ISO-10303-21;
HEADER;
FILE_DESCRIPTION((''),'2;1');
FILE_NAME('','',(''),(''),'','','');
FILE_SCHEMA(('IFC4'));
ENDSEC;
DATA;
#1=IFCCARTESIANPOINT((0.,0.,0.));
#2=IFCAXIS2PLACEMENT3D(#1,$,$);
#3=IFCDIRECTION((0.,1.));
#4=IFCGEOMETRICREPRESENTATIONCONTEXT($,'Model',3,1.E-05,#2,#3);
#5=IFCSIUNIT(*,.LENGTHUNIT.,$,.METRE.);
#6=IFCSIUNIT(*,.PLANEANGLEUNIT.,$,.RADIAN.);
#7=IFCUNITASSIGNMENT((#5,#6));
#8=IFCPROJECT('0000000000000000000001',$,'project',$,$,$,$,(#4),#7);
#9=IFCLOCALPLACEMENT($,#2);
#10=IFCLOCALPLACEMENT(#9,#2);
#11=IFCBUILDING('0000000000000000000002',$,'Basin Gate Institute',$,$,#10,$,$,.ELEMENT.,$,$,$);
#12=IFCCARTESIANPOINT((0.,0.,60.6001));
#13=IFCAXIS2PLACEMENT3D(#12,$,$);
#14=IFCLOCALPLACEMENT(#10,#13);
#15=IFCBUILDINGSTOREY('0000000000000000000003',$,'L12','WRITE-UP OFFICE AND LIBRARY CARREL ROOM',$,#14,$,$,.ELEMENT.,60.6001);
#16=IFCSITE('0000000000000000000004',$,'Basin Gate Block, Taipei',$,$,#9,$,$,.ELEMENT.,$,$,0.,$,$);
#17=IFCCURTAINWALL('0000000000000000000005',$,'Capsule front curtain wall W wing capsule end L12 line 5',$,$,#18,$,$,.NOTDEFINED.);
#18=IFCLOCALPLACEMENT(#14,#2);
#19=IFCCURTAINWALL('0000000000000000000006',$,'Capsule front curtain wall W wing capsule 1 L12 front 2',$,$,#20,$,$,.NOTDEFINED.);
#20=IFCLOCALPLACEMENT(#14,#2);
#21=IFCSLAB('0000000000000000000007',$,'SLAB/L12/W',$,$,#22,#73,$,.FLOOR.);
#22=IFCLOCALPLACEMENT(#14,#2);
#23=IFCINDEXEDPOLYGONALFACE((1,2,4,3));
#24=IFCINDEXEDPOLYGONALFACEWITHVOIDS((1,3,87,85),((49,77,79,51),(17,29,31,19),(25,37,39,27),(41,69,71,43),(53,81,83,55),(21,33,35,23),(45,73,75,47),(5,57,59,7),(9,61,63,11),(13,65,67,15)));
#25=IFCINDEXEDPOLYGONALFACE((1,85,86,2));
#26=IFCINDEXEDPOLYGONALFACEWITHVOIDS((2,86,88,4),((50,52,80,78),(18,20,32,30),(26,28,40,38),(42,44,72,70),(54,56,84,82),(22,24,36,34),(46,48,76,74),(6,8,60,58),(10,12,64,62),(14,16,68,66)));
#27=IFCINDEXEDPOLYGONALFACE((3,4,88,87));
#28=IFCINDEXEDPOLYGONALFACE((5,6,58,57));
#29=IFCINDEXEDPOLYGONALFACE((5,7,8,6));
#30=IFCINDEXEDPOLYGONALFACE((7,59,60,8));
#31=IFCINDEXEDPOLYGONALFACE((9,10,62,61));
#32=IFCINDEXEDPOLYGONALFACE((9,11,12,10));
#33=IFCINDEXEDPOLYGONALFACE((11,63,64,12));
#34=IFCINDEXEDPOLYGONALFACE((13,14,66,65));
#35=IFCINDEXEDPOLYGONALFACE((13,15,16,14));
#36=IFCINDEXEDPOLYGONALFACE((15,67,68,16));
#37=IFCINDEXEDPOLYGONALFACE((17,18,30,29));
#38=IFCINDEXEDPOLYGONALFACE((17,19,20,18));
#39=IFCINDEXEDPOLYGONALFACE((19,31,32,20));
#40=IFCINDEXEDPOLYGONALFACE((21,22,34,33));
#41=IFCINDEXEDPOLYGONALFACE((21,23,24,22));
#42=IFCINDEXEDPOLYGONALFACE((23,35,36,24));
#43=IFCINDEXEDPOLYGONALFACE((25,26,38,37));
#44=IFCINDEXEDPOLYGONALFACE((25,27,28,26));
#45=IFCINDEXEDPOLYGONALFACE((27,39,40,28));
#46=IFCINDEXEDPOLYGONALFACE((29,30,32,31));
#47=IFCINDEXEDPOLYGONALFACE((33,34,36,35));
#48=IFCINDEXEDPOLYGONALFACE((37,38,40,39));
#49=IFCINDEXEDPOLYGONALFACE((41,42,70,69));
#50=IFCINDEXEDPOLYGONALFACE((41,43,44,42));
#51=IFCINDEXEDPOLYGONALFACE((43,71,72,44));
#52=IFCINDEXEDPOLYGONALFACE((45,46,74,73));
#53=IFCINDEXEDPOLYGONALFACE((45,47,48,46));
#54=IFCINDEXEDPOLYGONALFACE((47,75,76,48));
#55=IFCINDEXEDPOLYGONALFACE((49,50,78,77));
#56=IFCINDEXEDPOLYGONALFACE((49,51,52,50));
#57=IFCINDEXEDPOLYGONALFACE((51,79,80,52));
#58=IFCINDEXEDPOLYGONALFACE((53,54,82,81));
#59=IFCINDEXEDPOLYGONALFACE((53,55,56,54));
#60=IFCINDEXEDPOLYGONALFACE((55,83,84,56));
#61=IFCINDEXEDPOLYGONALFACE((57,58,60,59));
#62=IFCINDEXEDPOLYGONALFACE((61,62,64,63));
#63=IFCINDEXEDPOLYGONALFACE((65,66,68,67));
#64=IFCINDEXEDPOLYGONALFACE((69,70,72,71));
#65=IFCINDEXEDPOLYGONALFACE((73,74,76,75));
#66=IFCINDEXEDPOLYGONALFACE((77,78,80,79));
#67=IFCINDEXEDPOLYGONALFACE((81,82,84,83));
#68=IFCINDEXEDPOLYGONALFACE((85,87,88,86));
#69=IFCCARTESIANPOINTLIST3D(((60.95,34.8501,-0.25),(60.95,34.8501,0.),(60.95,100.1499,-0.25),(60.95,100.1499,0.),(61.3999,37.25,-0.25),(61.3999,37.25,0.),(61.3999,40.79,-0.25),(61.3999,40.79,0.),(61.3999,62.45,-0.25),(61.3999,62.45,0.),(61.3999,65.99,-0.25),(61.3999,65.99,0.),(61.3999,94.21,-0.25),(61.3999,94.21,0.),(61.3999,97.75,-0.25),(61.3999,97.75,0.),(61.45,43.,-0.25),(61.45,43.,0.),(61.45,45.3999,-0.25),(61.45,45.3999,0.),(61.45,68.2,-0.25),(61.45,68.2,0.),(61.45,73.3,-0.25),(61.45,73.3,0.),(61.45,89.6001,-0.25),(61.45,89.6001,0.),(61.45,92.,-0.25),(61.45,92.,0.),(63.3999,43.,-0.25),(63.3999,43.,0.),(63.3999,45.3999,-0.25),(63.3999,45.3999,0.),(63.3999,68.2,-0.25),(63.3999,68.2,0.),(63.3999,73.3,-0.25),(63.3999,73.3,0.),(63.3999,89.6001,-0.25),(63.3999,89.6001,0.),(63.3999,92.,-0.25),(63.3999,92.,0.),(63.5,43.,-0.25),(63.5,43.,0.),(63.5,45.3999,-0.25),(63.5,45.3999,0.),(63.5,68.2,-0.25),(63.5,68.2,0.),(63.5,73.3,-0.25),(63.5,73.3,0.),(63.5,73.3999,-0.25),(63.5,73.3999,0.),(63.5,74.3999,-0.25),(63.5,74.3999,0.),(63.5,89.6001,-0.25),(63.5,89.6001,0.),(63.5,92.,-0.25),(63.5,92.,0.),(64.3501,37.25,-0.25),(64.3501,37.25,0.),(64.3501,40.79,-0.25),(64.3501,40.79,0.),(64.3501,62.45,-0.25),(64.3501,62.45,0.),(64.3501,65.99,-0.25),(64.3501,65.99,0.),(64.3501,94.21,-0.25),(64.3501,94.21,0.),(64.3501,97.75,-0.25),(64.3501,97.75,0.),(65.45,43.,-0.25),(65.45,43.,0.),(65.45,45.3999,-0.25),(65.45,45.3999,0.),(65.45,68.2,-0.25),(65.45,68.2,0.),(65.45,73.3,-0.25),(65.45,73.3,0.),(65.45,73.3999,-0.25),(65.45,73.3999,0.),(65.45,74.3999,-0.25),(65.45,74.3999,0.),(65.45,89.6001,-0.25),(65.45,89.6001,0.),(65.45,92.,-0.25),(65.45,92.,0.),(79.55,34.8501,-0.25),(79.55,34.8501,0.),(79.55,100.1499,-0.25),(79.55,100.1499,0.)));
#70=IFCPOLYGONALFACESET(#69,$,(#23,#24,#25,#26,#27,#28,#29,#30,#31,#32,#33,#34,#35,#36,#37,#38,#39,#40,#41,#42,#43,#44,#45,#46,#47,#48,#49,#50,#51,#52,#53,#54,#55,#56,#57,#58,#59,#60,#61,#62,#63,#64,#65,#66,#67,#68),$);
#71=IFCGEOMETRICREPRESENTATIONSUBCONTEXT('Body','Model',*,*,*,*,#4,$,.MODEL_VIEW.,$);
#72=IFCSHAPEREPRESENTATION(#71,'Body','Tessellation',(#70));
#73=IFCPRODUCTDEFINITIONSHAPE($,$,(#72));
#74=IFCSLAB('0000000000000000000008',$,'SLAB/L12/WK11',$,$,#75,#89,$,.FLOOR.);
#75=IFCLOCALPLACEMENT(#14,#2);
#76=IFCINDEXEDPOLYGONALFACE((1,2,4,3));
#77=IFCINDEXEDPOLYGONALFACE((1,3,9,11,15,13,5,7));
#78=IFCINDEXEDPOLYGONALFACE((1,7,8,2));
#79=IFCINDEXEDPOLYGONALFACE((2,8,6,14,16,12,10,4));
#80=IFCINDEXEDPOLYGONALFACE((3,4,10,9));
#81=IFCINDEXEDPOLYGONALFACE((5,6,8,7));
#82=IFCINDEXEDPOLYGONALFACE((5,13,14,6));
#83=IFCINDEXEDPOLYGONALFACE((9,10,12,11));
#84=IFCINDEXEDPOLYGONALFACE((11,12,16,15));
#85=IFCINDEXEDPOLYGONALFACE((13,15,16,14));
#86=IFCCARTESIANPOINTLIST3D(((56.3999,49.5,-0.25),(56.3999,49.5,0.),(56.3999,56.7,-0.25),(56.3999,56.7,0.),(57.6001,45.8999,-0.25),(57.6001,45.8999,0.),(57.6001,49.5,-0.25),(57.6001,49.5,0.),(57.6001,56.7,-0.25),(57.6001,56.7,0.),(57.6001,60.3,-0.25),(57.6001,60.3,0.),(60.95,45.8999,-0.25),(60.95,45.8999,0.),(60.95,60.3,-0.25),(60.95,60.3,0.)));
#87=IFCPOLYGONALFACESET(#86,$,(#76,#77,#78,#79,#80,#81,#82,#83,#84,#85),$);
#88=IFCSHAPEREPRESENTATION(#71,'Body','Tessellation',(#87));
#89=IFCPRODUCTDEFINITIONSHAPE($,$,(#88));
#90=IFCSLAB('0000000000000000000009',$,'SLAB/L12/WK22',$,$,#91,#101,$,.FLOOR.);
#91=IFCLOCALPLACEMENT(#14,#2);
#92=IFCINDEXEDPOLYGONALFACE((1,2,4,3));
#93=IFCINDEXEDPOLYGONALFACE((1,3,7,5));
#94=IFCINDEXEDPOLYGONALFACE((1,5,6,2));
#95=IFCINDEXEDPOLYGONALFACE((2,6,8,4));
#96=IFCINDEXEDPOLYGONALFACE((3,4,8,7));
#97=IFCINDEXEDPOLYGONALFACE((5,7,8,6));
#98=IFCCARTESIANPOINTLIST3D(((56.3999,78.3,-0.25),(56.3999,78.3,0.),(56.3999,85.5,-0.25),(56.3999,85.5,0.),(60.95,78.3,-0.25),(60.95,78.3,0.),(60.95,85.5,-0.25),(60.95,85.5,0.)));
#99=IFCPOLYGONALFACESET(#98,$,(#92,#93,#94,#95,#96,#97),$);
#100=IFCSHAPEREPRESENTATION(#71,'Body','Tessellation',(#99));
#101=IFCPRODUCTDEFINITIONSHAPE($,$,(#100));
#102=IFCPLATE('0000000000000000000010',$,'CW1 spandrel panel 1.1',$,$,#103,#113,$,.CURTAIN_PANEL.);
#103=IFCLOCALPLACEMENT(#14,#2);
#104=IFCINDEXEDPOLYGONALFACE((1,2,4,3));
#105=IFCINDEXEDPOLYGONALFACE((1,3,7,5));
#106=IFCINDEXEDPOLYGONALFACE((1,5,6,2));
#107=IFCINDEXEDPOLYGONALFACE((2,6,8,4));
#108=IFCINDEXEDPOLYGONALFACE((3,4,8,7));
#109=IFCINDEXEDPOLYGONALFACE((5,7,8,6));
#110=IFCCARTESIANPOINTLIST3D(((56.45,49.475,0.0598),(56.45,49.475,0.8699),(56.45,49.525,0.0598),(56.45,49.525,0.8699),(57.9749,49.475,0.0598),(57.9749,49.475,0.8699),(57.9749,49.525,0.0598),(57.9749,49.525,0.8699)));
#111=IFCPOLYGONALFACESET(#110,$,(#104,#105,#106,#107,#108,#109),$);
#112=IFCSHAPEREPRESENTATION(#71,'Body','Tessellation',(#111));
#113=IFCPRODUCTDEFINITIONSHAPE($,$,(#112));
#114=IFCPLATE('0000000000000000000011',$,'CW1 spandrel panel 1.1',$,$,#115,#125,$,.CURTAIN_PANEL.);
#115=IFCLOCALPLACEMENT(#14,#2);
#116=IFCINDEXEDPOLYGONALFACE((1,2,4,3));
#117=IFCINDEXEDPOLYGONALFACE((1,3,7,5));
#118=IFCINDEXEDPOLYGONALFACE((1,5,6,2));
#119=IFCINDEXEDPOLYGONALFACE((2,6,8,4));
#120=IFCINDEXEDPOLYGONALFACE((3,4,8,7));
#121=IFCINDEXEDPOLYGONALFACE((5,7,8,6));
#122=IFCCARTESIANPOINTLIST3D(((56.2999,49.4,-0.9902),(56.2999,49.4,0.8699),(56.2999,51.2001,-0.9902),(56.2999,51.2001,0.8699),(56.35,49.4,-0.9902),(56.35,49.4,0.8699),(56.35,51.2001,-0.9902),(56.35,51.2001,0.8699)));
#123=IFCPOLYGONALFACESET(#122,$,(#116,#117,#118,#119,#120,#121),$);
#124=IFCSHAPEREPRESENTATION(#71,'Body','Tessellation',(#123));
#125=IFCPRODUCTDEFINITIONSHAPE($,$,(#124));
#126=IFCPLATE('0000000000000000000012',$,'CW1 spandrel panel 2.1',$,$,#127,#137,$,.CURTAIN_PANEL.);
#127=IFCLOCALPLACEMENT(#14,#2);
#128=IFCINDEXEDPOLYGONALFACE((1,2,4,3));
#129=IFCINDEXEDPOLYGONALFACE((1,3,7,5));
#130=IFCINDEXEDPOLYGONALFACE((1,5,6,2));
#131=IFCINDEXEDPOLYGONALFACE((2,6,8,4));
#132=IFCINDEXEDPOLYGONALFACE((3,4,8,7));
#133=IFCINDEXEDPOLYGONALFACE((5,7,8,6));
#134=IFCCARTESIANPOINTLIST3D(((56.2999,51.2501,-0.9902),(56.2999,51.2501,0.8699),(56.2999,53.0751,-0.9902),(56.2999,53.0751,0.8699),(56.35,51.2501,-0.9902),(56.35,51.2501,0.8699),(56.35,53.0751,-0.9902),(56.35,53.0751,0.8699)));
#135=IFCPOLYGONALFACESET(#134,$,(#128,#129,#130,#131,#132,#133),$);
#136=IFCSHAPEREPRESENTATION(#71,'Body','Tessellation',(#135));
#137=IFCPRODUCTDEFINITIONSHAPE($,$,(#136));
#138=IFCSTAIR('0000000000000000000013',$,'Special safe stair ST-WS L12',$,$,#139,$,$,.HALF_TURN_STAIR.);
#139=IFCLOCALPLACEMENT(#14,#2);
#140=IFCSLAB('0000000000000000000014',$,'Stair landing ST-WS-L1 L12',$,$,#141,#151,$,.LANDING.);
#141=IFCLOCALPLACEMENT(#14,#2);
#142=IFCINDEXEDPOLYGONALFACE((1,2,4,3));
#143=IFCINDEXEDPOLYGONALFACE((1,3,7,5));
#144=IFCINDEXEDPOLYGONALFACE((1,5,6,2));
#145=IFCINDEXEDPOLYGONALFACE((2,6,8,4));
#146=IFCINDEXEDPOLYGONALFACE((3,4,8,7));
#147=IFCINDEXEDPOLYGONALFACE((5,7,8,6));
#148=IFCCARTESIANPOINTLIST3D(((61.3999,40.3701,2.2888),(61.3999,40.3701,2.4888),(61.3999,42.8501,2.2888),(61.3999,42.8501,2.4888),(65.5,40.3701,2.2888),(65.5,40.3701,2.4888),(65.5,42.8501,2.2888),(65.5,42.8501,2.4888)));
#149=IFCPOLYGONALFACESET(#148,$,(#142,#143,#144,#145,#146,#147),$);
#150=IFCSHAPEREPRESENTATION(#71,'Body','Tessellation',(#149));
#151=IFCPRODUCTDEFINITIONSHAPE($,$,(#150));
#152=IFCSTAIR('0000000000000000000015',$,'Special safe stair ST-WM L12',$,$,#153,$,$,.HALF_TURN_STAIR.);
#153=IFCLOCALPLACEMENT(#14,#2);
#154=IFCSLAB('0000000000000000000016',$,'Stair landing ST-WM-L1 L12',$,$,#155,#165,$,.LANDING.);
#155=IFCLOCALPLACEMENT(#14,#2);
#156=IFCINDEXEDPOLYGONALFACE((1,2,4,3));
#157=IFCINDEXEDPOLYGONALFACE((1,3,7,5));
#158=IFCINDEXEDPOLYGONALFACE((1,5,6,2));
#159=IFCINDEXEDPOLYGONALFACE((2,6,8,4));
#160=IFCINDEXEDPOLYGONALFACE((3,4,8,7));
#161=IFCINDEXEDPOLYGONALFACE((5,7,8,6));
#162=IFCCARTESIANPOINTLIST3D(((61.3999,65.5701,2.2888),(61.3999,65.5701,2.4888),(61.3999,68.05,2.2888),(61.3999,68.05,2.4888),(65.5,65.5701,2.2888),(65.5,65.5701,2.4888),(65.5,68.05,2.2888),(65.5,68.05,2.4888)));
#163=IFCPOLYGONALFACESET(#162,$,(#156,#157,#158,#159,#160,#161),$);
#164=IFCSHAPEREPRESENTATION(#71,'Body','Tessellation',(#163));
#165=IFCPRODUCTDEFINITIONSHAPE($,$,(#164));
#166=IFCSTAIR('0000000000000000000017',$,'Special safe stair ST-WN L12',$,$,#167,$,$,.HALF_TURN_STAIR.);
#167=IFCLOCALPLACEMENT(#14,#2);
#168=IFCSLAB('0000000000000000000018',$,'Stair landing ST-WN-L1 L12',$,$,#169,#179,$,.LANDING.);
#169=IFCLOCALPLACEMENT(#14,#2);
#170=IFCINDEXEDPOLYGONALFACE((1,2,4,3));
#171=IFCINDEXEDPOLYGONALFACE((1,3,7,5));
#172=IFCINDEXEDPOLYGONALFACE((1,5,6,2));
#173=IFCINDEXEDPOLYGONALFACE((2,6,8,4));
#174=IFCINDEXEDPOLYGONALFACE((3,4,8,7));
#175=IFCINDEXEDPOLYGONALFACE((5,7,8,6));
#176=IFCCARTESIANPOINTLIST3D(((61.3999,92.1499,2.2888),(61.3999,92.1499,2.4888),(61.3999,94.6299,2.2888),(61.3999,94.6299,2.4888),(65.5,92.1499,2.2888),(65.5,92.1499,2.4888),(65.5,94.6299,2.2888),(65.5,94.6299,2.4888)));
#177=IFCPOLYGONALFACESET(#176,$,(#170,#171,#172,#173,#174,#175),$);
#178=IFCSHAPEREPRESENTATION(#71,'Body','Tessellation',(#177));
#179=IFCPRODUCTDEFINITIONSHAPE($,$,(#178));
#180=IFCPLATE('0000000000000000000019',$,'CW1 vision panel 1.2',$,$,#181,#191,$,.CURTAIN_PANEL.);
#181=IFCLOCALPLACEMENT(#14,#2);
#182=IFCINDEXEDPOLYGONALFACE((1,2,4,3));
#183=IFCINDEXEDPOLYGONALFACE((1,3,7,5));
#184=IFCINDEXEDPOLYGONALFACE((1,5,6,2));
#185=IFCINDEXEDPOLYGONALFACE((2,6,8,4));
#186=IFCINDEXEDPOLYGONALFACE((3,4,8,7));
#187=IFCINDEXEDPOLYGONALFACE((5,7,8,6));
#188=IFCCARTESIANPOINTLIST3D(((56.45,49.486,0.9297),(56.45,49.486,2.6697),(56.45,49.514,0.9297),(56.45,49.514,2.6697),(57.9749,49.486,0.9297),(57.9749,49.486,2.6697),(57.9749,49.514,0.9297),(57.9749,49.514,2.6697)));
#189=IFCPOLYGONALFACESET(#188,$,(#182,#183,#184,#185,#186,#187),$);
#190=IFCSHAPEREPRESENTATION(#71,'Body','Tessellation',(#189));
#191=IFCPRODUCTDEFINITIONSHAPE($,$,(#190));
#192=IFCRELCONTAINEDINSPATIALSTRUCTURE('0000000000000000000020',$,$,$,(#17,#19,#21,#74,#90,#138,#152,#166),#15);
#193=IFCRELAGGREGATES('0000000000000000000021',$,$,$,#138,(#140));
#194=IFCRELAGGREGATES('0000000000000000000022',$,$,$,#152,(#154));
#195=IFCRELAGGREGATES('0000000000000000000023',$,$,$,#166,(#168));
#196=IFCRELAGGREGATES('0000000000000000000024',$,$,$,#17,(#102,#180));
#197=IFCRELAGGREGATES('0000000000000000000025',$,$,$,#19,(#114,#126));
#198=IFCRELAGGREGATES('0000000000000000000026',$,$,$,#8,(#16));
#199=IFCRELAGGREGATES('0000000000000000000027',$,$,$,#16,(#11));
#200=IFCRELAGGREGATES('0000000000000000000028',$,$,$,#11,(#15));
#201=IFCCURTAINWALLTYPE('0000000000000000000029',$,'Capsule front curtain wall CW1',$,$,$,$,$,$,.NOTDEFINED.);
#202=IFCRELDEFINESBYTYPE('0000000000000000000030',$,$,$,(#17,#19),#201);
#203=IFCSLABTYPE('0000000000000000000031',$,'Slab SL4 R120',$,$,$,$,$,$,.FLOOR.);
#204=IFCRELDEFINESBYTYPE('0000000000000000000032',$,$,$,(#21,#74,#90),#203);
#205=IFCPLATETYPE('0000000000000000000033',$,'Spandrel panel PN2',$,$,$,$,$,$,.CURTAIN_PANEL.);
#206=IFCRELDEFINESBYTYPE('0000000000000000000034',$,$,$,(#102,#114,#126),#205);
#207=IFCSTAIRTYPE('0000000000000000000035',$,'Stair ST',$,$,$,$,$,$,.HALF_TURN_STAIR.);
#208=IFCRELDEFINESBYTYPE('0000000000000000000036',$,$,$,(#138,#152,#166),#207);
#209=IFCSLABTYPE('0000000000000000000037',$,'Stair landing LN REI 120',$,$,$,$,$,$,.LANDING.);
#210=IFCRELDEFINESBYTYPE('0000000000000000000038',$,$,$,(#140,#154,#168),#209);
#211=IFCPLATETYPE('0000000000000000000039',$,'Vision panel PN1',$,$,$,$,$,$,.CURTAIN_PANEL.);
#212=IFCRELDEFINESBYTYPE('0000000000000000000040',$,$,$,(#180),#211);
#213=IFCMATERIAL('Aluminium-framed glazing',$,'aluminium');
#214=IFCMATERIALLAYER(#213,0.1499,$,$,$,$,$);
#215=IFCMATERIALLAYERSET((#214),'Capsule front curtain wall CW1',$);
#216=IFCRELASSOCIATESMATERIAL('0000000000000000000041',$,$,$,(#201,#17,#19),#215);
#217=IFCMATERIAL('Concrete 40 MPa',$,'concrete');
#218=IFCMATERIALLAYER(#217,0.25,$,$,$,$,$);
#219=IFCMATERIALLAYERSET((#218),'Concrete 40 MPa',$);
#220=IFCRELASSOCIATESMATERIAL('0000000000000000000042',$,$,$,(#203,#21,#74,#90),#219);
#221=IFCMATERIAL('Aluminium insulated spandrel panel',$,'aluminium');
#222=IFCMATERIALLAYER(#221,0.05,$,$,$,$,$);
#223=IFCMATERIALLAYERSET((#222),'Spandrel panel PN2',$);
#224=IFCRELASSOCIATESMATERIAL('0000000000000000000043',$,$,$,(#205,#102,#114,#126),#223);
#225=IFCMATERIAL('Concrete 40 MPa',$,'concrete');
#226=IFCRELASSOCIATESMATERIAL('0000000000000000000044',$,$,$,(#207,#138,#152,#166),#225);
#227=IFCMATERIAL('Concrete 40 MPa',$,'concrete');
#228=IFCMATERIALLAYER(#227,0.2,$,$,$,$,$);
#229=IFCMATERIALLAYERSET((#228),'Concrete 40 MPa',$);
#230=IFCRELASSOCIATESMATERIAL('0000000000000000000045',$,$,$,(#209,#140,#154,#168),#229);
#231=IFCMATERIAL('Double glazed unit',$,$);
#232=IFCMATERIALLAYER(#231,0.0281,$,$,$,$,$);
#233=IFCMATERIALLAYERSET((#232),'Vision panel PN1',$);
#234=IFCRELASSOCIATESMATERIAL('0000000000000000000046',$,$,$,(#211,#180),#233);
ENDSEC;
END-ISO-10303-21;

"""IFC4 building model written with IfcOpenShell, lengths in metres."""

from ifc_helpers import new_model, si_unit, direction, frame, origin, origin_2d, place, context, subcontext, project, spatial, polyline, rectangle, outline, extrude, material, layer, layer_set, type_object, element, aggregate, save


model = new_model("IFC4")

# Units and contexts
model_context = context("Model", 3, precision=1e-05, world=origin(), true_north=direction((0.0, 1.0)))
body_context = subcontext(model_context, "Body", "Model", "MODEL_VIEW")
ifc_project = project(units=[si_unit("LENGTHUNIT", "METRE"), si_unit("PLANEANGLEUNIT", "RADIAN")], contexts=[model_context])

# Site, building, storey
site_placement = place(None, origin())
site = spatial("IfcSite", under=ifc_project, at=site_placement, Name="Basin Gate Block, Taipei", CompositionType="ELEMENT", RefElevation=0.0)
building_placement = place(site_placement, origin())
building = spatial("IfcBuilding", under=site, at=building_placement, Name="Basin Gate Institute", CompositionType="ELEMENT")
storey_placement = place(building_placement, frame((0.0, 0.0, 60.6001)))
storey = spatial("IfcBuildingStorey", under=building, at=storey_placement, Name="L12", Description="WRITE-UP OFFICE AND LIBRARY CARREL ROOM", CompositionType="ELEMENT", Elevation=60.6001)

# Curtain wall
ifc_material_1 = material(Name="Aluminium-framed glazing", Category="aluminium")
ifc_layer_1 = layer(ifc_material_1, 0.1499)
ifc_layer_set_1 = layer_set([ifc_layer_1], Name="Capsule front curtain wall CW1")
curtain_wall_type = type_object("IfcCurtainWallType", Name="Capsule front curtain wall CW1", PredefinedType="NOTDEFINED", material=ifc_layer_set_1)
curtain_wall_1_placement = place(storey_placement, origin())
curtain_wall_1 = element("IfcCurtainWall", 1, at=curtain_wall_1_placement, inside=storey, type_object=curtain_wall_type, material=ifc_layer_set_1, Name="Capsule front curtain wall W wing capsule end L12 line 5", PredefinedType="NOTDEFINED")

# Curtain wall
curtain_wall_2_placement = place(storey_placement, origin())
curtain_wall_2 = element("IfcCurtainWall", 2, at=curtain_wall_2_placement, inside=storey, type_object=curtain_wall_type, material=ifc_layer_set_1, Name="Capsule front curtain wall W wing capsule 1 L12 front 2", PredefinedType="NOTDEFINED")

# Slabs
ifc_material_2 = material(Name="Concrete 40 MPa", Category="concrete")
ifc_layer_2 = layer(ifc_material_2, 0.25)
ifc_layer_set_2 = layer_set([ifc_layer_2], Name="Concrete 40 MPa")
slab_type_1 = type_object("IfcSlabType", Name="Slab SL4 R120", PredefinedType="FLOOR", material=ifc_layer_set_2)
slab_1_placement = place(storey_placement, frame((0.0, 0.0, -0.25)))
element("IfcSlab", 3, at=slab_1_placement, inside=storey, type_object=slab_type_1, material=ifc_layer_set_2, Name="SLAB/L12/W", PredefinedType="FLOOR", context=body_context, shape_type="SweptSolid", body=[
    extrude(outline(polyline([(60.95, 34.8501), (79.55, 34.8501), (79.55, 100.1499), (60.95, 100.1499), (60.95, 34.8501)]), holes=[polyline([(61.3999, 37.25), (64.3501, 37.25), (64.3501, 40.79), (61.3999, 40.79), (61.3999, 37.25)]), polyline([(61.3999, 62.45), (64.3501, 62.45), (64.3501, 65.99), (61.3999, 65.99), (61.3999, 62.45)]), polyline([(61.3999, 94.21), (64.3501, 94.21), (64.3501, 97.75), (61.3999, 97.75), (61.3999, 94.21)]), polyline([(61.45, 43.0), (63.3999, 43.0), (63.3999, 45.3999), (61.45, 45.3999), (61.45, 43.0)]), polyline([(61.45, 68.2), (63.3999, 68.2), (63.3999, 73.3), (61.45, 73.3), (61.45, 68.2)]), polyline([(63.5, 73.3999), (65.45, 73.3999), (65.45, 74.3999), (63.5, 74.3999), (63.5, 73.3999)]), polyline([(61.45, 89.6001), (63.3999, 89.6001), (63.3999, 92.0), (61.45, 92.0), (61.45, 89.6001)]), polyline([(63.5, 43.0), (65.45, 43.0), (65.45, 45.3999), (63.5, 45.3999), (63.5, 43.0)]), polyline([(65.45, 68.2), (63.5, 68.2), (63.5, 73.3), (65.45, 73.3), (65.45, 68.2)]), polyline([(63.5, 89.6001), (65.45, 89.6001), (65.45, 92.0), (63.5, 92.0), (63.5, 89.6001)])]), origin(), (0.0, 0.0, 1.0), 0.25),
])
slab_2_placement = place(storey_placement, frame((0.0, 0.0, -0.25)))
element("IfcSlab", 4, at=slab_2_placement, inside=storey, type_object=slab_type_1, material=ifc_layer_set_2, Name="SLAB/L12/WK11", PredefinedType="FLOOR", context=body_context, shape_type="SweptSolid", body=[
    extrude(outline(polyline([(57.6001, 45.8999), (57.6001, 49.5), (56.3999, 49.5), (56.3999, 56.7), (57.6001, 56.7), (57.6001, 60.3), (60.95, 60.3), (60.95, 45.8999), (57.6001, 45.8999)])), origin(), (0.0, 0.0, 1.0), 0.25),
])
slab_3_placement = place(storey_placement, frame((0.0, 0.0, -0.25)))
element("IfcSlab", 5, at=slab_3_placement, inside=storey, type_object=slab_type_1, material=ifc_layer_set_2, Name="SLAB/L12/WK22", PredefinedType="FLOOR", context=body_context, shape_type="SweptSolid", body=[
    extrude(outline(polyline([(60.95, 78.3), (56.3999, 78.3), (56.3999, 85.5), (60.95, 85.5), (60.95, 78.3)])), origin(), (0.0, 0.0, 1.0), 0.25),
])

# Plates
ifc_material_3 = material(Name="Aluminium insulated spandrel panel", Category="aluminium")
ifc_layer_3 = layer(ifc_material_3, 0.05)
ifc_layer_set_3 = layer_set([ifc_layer_3], Name="Spandrel panel PN2")
plate_type_1 = type_object("IfcPlateType", Name="Spandrel panel PN2", PredefinedType="CURTAIN_PANEL", material=ifc_layer_set_3)
plate_1_placement = place(storey_placement, frame((57.2124, 49.5, 0.0598), z_axis=(0.0, 0.0, 1.0), x_axis=(1.0, 0.0, 0.0)))
plate_1 = element("IfcPlate", 6, at=plate_1_placement, type_object=plate_type_1, material=ifc_layer_set_3, Name="CW1 spandrel panel 1.1", PredefinedType="CURTAIN_PANEL", context=body_context, shape_type="SweptSolid", body=[
    extrude(rectangle(XDim=1.5249, YDim=0.05, at=origin_2d()), origin(), (0.0, 0.0, 1.0), 0.8101),
])
plate_2_placement = place(storey_placement, frame((56.325, 50.3, -0.9902), z_axis=(0.0, 0.0, 1.0), x_axis=(0.0, 1.0, 0.0)))
plate_2 = element("IfcPlate", 7, at=plate_2_placement, type_object=plate_type_1, material=ifc_layer_set_3, Name="CW1 spandrel panel 1.1", PredefinedType="CURTAIN_PANEL", context=body_context, shape_type="SweptSolid", body=[
    extrude(rectangle(XDim=1.8, YDim=0.05, at=origin_2d()), origin(), (0.0, 0.0, 1.0), 1.8601),
])
plate_3_placement = place(storey_placement, frame((56.325, 52.1626, -0.9902), z_axis=(0.0, 0.0, 1.0), x_axis=(0.0, 1.0, 0.0)))
plate_3 = element("IfcPlate", 8, at=plate_3_placement, type_object=plate_type_1, material=ifc_layer_set_3, Name="CW1 spandrel panel 2.1", PredefinedType="CURTAIN_PANEL", context=body_context, shape_type="SweptSolid", body=[
    extrude(rectangle(XDim=1.825, YDim=0.05, at=origin_2d()), origin(), (0.0, 0.0, 1.0), 1.8601),
])

# Stairs, slabs
ifc_material_4 = material(Name="Concrete 40 MPa", Category="concrete")
stair_type = type_object("IfcStairType", Name="Stair ST", PredefinedType="HALF_TURN_STAIR", material=ifc_material_4)
stair_1_placement = place(storey_placement, origin())
stair_1 = element("IfcStair", 9, at=stair_1_placement, inside=storey, type_object=stair_type, material=ifc_material_4, Name="Special safe stair ST-WS L12", PredefinedType="HALF_TURN_STAIR")
ifc_material_5 = material(Name="Concrete 40 MPa", Category="concrete")
ifc_layer_4 = layer(ifc_material_5, 0.2)
ifc_layer_set_4 = layer_set([ifc_layer_4], Name="Concrete 40 MPa")
slab_type_2 = type_object("IfcSlabType", Name="Stair landing LN REI 120", PredefinedType="LANDING", material=ifc_layer_set_4)
slab_4_placement = place(storey_placement, frame((0.0, 0.0, 2.2888)))
slab_4 = element("IfcSlab", 10, at=slab_4_placement, type_object=slab_type_2, material=ifc_layer_set_4, Name="Stair landing ST-WS-L1 L12", PredefinedType="LANDING", context=body_context, shape_type="SweptSolid", body=[
    extrude(outline(polyline([(61.3999, 40.3701), (65.5, 40.3701), (65.5, 42.8501), (61.3999, 42.8501), (61.3999, 40.3701)])), origin(), (0.0, 0.0, 1.0), 0.2),
])
aggregate(stair_1, [slab_4])
stair_2_placement = place(storey_placement, origin())
stair_2 = element("IfcStair", 11, at=stair_2_placement, inside=storey, type_object=stair_type, material=ifc_material_4, Name="Special safe stair ST-WM L12", PredefinedType="HALF_TURN_STAIR")
slab_5_placement = place(storey_placement, frame((0.0, 0.0, 2.2888)))
slab_5 = element("IfcSlab", 12, at=slab_5_placement, type_object=slab_type_2, material=ifc_layer_set_4, Name="Stair landing ST-WM-L1 L12", PredefinedType="LANDING", context=body_context, shape_type="SweptSolid", body=[
    extrude(outline(polyline([(61.3999, 65.5701), (65.5, 65.5701), (65.5, 68.05), (61.3999, 68.05), (61.3999, 65.5701)])), origin(), (0.0, 0.0, 1.0), 0.2),
])
aggregate(stair_2, [slab_5])
stair_3_placement = place(storey_placement, origin())
stair_3 = element("IfcStair", 13, at=stair_3_placement, inside=storey, type_object=stair_type, material=ifc_material_4, Name="Special safe stair ST-WN L12", PredefinedType="HALF_TURN_STAIR")
slab_6_placement = place(storey_placement, frame((0.0, 0.0, 2.2888)))
slab_6 = element("IfcSlab", 14, at=slab_6_placement, type_object=slab_type_2, material=ifc_layer_set_4, Name="Stair landing ST-WN-L1 L12", PredefinedType="LANDING", context=body_context, shape_type="SweptSolid", body=[
    extrude(outline(polyline([(61.3999, 92.1499), (65.5, 92.1499), (65.5, 94.6299), (61.3999, 94.6299), (61.3999, 92.1499)])), origin(), (0.0, 0.0, 1.0), 0.2),
])
aggregate(stair_3, [slab_6])

# Plate
ifc_material_6 = material(Name="Double glazed unit")
ifc_layer_5 = layer(ifc_material_6, 0.0281)
ifc_layer_set_5 = layer_set([ifc_layer_5], Name="Vision panel PN1")
plate_type_2 = type_object("IfcPlateType", Name="Vision panel PN1", PredefinedType="CURTAIN_PANEL", material=ifc_layer_set_5)
plate_4_placement = place(storey_placement, frame((57.2124, 49.5, 0.9297), z_axis=(0.0, 0.0, 1.0), x_axis=(1.0, 0.0, 0.0)))
plate_4 = element("IfcPlate", 15, at=plate_4_placement, type_object=plate_type_2, material=ifc_layer_set_5, Name="CW1 vision panel 1.2", PredefinedType="CURTAIN_PANEL", context=body_context, shape_type="SweptSolid", body=[
    extrude(rectangle(XDim=1.5249, YDim=0.0281, at=origin_2d()), origin(), (0.0, 0.0, 1.0), 1.74),
])
aggregate(curtain_wall_1, [plate_1, plate_4])
aggregate(curtain_wall_2, [plate_2, plate_3])

save(model, "model.ifc")
